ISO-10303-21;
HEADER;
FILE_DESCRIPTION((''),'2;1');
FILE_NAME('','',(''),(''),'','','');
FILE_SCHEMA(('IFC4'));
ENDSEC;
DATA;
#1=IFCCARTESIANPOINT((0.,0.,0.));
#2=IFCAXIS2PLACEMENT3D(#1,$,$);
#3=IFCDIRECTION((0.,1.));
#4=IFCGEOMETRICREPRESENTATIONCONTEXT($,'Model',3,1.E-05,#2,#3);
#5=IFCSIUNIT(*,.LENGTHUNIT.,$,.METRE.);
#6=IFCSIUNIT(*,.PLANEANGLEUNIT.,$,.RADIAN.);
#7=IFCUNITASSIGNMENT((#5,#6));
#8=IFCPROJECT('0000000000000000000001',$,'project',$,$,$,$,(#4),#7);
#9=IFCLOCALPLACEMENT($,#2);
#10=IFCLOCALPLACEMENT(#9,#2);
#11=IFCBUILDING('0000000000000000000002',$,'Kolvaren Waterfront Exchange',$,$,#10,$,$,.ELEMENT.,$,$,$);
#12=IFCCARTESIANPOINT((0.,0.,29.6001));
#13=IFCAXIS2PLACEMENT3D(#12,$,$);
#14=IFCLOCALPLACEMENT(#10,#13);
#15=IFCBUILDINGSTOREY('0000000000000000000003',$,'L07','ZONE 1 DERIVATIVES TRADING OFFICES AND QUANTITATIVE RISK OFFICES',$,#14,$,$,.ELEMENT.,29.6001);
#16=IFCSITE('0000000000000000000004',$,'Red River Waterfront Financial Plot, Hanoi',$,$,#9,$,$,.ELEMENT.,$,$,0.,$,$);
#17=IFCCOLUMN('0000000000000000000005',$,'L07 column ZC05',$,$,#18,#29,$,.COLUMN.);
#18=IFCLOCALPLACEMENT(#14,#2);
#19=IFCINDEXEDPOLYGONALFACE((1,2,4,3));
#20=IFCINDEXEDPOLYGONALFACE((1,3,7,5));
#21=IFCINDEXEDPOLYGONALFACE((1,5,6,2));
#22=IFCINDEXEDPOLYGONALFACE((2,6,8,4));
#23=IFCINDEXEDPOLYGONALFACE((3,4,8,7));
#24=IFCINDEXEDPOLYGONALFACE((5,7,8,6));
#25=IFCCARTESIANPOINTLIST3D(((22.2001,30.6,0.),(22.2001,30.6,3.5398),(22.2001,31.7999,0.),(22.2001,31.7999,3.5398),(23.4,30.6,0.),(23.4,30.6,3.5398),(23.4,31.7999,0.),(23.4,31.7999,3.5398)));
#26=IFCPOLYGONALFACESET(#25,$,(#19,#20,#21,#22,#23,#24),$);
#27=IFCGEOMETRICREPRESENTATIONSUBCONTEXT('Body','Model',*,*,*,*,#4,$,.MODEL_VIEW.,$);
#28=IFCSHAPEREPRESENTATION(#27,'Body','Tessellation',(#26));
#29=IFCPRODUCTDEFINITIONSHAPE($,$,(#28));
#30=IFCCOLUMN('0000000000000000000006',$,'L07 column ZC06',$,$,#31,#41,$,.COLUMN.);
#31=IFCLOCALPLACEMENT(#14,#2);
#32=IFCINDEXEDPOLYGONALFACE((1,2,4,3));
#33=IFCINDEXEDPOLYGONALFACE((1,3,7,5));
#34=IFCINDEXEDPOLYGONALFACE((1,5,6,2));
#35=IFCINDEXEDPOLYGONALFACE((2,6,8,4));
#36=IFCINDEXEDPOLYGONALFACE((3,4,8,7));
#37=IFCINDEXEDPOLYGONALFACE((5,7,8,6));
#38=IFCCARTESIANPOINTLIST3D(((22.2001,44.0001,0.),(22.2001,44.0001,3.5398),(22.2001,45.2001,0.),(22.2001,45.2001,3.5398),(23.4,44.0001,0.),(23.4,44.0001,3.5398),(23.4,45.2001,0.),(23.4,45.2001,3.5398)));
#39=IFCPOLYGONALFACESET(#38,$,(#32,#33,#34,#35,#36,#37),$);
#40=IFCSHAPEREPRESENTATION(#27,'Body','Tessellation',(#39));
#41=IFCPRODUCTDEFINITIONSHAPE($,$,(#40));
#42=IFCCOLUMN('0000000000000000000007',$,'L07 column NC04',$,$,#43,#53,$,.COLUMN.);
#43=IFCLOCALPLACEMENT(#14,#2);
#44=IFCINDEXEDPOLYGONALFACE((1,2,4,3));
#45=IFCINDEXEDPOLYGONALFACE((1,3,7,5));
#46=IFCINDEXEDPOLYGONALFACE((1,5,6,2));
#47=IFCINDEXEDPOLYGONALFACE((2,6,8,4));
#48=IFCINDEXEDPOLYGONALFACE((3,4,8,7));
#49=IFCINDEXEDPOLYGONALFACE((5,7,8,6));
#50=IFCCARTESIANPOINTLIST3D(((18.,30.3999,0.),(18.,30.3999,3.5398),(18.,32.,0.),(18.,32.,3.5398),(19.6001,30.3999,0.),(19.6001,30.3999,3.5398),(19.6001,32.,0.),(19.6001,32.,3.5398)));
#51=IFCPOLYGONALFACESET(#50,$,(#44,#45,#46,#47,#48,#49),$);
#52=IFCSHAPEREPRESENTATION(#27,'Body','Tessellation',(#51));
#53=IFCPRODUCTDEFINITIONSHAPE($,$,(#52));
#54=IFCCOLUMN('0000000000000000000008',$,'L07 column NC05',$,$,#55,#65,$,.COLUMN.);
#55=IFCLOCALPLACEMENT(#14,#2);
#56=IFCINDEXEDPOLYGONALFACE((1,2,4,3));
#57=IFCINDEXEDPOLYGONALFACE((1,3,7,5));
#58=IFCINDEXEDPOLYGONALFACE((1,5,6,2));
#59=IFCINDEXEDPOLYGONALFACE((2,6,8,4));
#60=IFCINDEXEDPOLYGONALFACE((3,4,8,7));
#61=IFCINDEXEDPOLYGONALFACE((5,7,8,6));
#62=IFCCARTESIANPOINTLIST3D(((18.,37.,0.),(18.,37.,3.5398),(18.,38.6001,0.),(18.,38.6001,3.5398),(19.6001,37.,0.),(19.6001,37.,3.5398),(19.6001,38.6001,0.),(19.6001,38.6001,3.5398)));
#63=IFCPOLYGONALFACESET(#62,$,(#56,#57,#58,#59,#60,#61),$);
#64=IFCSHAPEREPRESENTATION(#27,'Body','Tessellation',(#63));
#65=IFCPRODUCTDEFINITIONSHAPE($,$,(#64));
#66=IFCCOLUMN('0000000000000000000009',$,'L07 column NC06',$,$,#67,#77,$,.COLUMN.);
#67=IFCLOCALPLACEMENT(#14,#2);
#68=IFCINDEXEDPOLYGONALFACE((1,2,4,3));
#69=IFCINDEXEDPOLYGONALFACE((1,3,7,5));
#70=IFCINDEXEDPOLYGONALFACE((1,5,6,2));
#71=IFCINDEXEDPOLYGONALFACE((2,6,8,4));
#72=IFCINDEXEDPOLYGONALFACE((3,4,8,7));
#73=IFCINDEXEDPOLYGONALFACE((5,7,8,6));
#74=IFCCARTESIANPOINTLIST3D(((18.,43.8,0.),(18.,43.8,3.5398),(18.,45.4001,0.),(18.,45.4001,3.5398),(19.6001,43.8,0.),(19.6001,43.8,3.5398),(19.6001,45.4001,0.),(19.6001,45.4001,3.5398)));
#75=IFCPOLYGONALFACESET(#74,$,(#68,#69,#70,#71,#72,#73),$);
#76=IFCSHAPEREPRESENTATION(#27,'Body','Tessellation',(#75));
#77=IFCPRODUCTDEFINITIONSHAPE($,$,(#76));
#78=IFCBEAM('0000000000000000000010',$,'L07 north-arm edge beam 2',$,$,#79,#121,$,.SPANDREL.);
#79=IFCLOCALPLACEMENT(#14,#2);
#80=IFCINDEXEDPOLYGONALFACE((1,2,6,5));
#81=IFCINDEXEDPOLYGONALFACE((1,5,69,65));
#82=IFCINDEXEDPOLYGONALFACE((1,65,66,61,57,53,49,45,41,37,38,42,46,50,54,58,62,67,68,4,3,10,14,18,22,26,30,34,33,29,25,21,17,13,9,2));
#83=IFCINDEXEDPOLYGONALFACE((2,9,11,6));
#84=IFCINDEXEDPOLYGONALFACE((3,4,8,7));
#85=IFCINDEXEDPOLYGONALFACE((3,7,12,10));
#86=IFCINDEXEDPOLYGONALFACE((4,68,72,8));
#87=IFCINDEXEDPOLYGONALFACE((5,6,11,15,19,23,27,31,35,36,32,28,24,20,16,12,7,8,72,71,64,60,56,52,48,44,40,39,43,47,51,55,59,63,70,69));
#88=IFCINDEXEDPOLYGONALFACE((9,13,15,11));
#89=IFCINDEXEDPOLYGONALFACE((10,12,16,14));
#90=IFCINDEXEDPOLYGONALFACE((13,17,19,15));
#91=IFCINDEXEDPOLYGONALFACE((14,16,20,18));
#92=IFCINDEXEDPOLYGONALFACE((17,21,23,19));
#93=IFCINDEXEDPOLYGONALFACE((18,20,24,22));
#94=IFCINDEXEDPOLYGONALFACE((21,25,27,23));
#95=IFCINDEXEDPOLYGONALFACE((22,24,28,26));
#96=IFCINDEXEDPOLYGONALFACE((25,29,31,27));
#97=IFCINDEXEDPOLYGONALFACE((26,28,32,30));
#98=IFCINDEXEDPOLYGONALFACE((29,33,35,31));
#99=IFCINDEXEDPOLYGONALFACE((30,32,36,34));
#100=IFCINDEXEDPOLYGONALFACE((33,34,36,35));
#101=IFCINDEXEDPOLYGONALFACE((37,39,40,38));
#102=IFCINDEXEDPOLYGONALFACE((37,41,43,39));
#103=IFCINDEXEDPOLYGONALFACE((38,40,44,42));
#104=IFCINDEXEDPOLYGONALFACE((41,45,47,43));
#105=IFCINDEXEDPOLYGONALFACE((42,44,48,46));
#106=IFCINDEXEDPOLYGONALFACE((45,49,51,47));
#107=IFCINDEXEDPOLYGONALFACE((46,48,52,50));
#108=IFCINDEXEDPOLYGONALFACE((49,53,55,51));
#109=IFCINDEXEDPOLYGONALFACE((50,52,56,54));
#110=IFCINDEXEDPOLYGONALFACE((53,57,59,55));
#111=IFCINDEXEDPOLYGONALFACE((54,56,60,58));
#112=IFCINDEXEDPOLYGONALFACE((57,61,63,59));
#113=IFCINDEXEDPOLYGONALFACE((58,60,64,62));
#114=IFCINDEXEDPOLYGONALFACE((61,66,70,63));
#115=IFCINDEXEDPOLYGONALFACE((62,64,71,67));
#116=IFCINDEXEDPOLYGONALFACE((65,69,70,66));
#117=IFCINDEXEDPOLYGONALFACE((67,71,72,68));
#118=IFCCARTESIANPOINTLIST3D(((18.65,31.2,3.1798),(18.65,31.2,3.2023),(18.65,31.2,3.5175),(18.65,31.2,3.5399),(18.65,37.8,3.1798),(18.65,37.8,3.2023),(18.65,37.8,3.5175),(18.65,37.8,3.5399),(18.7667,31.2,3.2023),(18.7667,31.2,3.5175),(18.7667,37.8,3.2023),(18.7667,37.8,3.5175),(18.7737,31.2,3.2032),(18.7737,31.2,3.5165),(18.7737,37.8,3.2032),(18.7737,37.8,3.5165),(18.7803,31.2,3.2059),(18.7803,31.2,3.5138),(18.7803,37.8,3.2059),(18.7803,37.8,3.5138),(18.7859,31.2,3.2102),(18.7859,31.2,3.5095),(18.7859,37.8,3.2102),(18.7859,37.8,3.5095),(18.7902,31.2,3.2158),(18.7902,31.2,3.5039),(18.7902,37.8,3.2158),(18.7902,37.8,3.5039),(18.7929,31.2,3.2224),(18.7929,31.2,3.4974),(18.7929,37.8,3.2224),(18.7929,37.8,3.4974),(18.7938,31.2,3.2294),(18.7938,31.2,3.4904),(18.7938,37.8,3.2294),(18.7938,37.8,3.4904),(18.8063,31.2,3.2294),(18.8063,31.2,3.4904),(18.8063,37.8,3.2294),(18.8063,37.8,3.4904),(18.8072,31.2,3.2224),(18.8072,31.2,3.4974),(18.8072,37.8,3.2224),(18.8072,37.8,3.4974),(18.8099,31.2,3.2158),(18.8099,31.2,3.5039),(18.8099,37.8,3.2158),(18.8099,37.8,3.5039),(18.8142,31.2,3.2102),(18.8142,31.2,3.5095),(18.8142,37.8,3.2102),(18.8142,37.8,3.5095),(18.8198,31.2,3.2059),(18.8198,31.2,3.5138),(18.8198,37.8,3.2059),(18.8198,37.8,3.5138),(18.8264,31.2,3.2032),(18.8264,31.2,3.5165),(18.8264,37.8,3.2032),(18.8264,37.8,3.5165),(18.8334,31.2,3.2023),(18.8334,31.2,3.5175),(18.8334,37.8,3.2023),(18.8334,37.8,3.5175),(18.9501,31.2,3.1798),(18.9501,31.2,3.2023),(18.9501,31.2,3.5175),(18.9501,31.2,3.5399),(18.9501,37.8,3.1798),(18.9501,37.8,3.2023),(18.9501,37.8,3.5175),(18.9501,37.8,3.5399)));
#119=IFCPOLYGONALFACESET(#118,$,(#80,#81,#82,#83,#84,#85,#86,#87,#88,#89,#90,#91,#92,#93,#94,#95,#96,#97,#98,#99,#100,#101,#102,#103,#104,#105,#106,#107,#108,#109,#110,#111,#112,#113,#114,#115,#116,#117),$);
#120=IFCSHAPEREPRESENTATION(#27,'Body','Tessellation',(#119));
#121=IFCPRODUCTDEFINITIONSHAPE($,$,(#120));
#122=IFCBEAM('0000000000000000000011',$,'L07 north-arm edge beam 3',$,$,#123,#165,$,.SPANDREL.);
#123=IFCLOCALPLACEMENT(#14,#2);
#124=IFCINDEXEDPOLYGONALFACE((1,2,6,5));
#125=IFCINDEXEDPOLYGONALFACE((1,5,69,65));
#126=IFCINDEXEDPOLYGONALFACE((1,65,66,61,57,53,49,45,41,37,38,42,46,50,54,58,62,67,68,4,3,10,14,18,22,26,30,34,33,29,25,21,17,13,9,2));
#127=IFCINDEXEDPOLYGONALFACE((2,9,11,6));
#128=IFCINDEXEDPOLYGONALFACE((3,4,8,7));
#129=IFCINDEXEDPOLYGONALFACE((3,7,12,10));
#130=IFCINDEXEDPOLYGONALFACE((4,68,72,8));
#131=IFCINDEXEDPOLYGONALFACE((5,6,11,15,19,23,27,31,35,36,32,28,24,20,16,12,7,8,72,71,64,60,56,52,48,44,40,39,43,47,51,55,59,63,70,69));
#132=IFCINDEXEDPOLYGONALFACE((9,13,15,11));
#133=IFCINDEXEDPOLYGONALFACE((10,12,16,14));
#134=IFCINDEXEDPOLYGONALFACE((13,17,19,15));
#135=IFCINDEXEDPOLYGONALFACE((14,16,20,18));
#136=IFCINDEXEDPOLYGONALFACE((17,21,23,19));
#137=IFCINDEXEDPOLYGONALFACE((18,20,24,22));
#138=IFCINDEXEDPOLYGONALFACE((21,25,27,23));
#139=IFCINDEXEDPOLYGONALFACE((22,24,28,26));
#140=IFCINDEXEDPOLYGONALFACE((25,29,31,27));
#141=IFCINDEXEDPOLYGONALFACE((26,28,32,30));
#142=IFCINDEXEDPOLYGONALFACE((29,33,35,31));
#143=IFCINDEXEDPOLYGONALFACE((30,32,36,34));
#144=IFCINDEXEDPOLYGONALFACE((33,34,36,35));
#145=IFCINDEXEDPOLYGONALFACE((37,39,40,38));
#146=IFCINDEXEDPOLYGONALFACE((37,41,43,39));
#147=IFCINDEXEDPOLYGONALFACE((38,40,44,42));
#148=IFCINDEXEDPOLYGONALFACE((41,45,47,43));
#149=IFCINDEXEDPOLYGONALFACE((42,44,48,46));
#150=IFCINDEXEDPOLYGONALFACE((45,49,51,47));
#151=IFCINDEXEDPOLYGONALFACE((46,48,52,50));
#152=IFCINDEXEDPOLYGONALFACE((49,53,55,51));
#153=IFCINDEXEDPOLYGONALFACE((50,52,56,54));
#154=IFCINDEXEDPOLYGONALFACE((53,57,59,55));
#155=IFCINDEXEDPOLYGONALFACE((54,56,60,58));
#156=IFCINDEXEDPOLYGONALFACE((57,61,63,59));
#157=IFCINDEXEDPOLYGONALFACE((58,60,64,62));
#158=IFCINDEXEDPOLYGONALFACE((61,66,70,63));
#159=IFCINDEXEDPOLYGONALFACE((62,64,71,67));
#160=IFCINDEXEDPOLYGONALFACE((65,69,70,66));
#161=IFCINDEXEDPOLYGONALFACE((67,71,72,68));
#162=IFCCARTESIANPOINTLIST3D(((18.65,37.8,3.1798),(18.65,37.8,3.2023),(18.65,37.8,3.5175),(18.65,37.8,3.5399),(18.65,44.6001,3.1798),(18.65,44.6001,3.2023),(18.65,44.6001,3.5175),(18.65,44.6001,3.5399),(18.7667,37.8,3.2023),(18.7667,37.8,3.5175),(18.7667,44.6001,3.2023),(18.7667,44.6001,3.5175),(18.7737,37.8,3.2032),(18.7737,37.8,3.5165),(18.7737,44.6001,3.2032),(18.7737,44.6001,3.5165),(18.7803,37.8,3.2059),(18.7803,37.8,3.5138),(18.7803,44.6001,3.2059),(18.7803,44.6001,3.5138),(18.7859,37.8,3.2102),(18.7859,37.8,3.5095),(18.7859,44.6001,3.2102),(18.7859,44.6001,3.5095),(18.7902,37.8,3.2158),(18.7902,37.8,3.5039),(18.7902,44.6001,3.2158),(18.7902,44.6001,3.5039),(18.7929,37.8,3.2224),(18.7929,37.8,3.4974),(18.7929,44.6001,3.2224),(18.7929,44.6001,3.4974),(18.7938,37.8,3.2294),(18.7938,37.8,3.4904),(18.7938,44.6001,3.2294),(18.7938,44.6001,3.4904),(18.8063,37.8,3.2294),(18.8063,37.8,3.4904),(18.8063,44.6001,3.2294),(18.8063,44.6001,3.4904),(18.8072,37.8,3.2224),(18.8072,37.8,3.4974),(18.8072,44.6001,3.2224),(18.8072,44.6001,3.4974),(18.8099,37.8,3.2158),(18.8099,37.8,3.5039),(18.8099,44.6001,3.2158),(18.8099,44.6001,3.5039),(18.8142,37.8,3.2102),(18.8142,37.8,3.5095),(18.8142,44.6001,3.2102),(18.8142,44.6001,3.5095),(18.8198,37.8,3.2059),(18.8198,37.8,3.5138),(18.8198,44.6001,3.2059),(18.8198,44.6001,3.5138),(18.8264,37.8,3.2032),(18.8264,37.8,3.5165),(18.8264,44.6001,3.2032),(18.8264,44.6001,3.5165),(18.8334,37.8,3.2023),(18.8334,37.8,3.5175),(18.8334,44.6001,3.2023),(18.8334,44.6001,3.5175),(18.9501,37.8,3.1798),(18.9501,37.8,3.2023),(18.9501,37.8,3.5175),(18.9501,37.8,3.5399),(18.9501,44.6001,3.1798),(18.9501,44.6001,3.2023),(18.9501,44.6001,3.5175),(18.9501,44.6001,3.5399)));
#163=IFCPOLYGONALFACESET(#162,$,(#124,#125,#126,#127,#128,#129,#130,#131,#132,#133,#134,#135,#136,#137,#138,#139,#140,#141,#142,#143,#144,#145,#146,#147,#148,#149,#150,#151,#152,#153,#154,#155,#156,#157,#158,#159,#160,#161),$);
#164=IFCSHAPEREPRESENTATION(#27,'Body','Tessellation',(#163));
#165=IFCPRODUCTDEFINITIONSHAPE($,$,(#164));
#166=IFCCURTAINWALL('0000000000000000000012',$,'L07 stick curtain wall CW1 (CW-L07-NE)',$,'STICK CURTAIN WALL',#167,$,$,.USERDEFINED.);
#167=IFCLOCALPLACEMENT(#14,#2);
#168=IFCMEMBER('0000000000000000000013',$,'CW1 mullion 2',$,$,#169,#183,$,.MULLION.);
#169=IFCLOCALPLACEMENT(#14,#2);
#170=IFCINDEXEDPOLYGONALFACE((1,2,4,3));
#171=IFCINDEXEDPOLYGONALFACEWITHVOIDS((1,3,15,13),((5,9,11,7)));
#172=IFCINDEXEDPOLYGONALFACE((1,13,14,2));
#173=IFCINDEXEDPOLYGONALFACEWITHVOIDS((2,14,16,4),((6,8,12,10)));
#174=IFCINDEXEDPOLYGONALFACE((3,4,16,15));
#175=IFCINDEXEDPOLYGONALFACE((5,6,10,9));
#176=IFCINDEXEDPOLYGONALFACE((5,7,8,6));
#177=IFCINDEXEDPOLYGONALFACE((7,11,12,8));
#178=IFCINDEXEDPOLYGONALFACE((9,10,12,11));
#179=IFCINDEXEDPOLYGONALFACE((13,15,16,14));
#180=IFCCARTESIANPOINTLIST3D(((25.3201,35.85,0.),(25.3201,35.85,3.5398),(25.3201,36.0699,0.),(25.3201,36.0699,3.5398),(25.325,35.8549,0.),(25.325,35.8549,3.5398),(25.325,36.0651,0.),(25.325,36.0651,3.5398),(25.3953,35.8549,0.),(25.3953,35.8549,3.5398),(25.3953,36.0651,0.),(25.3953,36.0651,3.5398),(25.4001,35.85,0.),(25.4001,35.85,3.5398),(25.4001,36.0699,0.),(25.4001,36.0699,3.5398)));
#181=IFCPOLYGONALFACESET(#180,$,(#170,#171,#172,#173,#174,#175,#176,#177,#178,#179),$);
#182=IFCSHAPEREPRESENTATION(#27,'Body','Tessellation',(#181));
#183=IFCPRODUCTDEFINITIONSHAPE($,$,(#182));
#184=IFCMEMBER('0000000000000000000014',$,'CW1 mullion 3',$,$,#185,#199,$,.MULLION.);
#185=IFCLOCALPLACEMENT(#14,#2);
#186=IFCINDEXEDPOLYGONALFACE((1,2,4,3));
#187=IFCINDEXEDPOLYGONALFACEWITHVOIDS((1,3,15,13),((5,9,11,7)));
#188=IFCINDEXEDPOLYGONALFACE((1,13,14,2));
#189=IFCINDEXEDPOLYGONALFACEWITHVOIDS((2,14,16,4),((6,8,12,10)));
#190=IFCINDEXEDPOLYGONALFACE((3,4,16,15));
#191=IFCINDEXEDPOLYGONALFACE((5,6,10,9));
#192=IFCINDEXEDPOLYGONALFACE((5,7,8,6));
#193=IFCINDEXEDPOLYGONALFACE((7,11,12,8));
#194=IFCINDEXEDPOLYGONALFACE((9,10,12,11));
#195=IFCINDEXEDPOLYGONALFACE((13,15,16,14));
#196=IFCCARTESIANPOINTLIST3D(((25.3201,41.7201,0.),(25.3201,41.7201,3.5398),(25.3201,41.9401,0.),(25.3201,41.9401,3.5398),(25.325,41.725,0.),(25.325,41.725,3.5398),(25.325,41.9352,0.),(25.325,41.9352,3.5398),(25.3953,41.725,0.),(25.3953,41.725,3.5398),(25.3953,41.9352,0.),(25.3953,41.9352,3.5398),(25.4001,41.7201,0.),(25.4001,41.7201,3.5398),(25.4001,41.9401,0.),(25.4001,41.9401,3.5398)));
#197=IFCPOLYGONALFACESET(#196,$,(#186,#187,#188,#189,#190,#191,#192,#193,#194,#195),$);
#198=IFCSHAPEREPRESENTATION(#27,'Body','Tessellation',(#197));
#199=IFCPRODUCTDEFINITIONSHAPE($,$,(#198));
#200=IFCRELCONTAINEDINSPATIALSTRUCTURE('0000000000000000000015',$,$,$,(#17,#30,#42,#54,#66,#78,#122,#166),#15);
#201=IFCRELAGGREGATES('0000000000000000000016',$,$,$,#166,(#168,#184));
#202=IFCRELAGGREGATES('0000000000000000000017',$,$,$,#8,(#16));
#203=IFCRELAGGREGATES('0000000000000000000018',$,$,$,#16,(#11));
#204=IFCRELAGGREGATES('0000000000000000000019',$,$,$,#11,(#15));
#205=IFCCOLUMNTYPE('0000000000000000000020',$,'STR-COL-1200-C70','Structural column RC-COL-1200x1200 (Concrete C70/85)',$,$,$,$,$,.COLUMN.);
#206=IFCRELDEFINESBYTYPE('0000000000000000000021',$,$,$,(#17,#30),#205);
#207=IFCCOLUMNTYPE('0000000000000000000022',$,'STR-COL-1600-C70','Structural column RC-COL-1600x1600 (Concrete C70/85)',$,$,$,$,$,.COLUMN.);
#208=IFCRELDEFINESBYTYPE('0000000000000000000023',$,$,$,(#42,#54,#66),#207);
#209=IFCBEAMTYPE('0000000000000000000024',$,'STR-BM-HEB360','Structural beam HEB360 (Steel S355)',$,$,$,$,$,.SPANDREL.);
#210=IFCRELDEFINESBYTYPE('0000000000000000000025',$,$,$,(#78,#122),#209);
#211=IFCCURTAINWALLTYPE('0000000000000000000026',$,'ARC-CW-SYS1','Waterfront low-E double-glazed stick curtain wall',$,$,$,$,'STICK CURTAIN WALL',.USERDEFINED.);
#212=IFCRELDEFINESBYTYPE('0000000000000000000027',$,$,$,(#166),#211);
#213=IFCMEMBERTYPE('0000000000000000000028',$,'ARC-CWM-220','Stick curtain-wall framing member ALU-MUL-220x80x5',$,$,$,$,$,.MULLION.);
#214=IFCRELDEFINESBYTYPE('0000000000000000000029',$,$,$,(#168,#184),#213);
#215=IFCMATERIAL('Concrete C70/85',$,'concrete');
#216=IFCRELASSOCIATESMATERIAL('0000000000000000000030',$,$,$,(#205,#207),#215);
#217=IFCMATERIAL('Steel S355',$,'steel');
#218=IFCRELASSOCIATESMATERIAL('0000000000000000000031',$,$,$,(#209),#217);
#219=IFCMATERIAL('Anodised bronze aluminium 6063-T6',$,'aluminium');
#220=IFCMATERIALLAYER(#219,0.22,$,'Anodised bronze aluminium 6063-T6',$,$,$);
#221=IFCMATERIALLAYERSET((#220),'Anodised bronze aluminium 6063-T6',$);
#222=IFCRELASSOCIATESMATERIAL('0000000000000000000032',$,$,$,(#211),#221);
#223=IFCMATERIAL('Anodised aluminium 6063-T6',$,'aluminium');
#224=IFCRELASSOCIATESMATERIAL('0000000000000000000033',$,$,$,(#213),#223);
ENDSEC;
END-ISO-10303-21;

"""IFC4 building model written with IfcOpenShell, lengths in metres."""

from ifc_helpers import new_model, si_unit, direction, frame, origin, origin_with_axes, origin_2d, place, context, subcontext, project, spatial, rectangle, hollow_rectangle, i_section, extrude, source, transform, mapped, material, layer, layer_set, material_profile, profile_set, type_object, element, aggregate, save


model = new_model("IFC4")

# Units and contexts
model_context = context("Model", 3, precision=1e-05, world=origin(), true_north=direction((0.0, 1.0)))
body_context = subcontext(model_context, "Body", "Model", "MODEL_VIEW")
ifc_project = project(units=[si_unit("LENGTHUNIT", "METRE"), si_unit("PLANEANGLEUNIT", "RADIAN")], contexts=[model_context])

# Site, building, storey
site_placement = place(None, origin())
site = spatial("IfcSite", under=ifc_project, at=site_placement, Name="Red River Waterfront Financial Plot, Hanoi", CompositionType="ELEMENT", RefElevation=0.0)
building_placement = place(site_placement, origin())
building = spatial("IfcBuilding", under=site, at=building_placement, Name="Kolvaren Waterfront Exchange", CompositionType="ELEMENT")
storey_placement = place(building_placement, frame((0.0, 0.0, 29.6001)))
storey = spatial("IfcBuildingStorey", under=building, at=storey_placement, Name="L07", Description="ZONE 1 DERIVATIVES TRADING OFFICES AND QUANTITATIVE RISK OFFICES", CompositionType="ELEMENT", Elevation=29.6001)

# Columns
ifc_material_1 = material(Name="Concrete C70/85", Category="concrete")
ifc_material_profile_1 = material_profile(ifc_material_1, rectangle(XDim=1.2, YDim=1.2, at=origin_2d()), Name="RC-COL-1200x1200")
ifc_profile_set_1 = profile_set([ifc_material_profile_1], Name="Concrete C70/85")
column_type_1 = type_object("IfcColumnType", Name="STR-COL-1200-C70", Description="Structural column RC-COL-1200x1200 (Concrete C70/85)", PredefinedType="COLUMN", material=ifc_profile_set_1)
for number, where, z_axis, x_axis, name in (
    (1, (22.8, 31.2, 0.0), (0.0, 0.0, 1.0), (1.0, 0.0, 0.0), "L07 column ZC05"),
    (2, (22.8, 44.6001, 0.0), (0.0, 0.0, 1.0), (1.0, 0.0, 0.0), "L07 column ZC06"),
):
    element("IfcColumn", number, at=place(storey_placement, frame(where, z_axis=z_axis, x_axis=x_axis)), inside=storey, type_object=column_type_1, Name=name, PredefinedType="COLUMN", context=body_context, shape_type="SweptSolid", body=[
        extrude(rectangle(XDim=1.2, YDim=1.2, at=origin_2d()), origin(), (0.0, 0.0, 1.0), 3.5398),
    ])
ifc_material_profile_2 = material_profile(ifc_material_1, rectangle(XDim=1.6001, YDim=1.6001, at=origin_2d()), Name="RC-COL-1600x1600")
ifc_profile_set_2 = profile_set([ifc_material_profile_2], Name="Concrete C70/85")
column_type_2 = type_object("IfcColumnType", Name="STR-COL-1600-C70", Description="Structural column RC-COL-1600x1600 (Concrete C70/85)", PredefinedType="COLUMN", material=ifc_profile_set_2)
for number, where, z_axis, x_axis, name in (
    (3, (18.8, 31.2, 0.0), (0.0, 0.0, 1.0), (1.0, 0.0, 0.0), "L07 column NC04"),
    (4, (18.8, 37.8, 0.0), (0.0, 0.0, 1.0), (1.0, 0.0, 0.0), "L07 column NC05"),
    (5, (18.8, 44.6001, 0.0), (0.0, 0.0, 1.0), (1.0, 0.0, 0.0), "L07 column NC06"),
):
    element("IfcColumn", number, at=place(storey_placement, frame(where, z_axis=z_axis, x_axis=x_axis)), inside=storey, type_object=column_type_2, Name=name, PredefinedType="COLUMN", context=body_context, shape_type="SweptSolid", body=[
        extrude(rectangle(XDim=1.6001, YDim=1.6001, at=origin_2d()), origin(), (0.0, 0.0, 1.0), 3.5398),
    ])

# Beams
ifc_material_2 = material(Name="Steel S355", Category="steel")
ifc_material_profile_3 = material_profile(ifc_material_2, i_section(OverallWidth=0.3, OverallDepth=0.3601, WebThickness=0.0125, FlangeThickness=0.0225, FilletRadius=0.0271, at=origin_2d()), Name="HEB360")
ifc_profile_set_3 = profile_set([ifc_material_profile_3], Name="Steel S355")
beam_type = type_object("IfcBeamType", Name="STR-BM-HEB360", Description="Structural beam HEB360 (Steel S355)", PredefinedType="SPANDREL", material=ifc_profile_set_3)
beam_1_placement = place(storey_placement, frame((18.8, 31.2, 3.3599), z_axis=(0.0, 1.0, 0.0), x_axis=(-1.0, 0.0, 0.0)))
element("IfcBeam", 6, at=beam_1_placement, inside=storey, type_object=beam_type, Name="L07 north-arm edge beam 2", PredefinedType="SPANDREL", context=body_context, shape_type="SweptSolid", body=[
    extrude(i_section(OverallWidth=0.3, OverallDepth=0.3601, WebThickness=0.0125, FlangeThickness=0.0225, FilletRadius=0.0271, at=origin_2d()), origin(), (0.0, 0.0, 1.0), 6.6001),
])
beam_2_placement = place(storey_placement, frame((18.8, 37.8, 3.3599), z_axis=(0.0, 1.0, 0.0), x_axis=(-1.0, 0.0, 0.0)))
element("IfcBeam", 7, at=beam_2_placement, inside=storey, type_object=beam_type, Name="L07 north-arm edge beam 3", PredefinedType="SPANDREL", context=body_context, shape_type="SweptSolid", body=[
    extrude(i_section(OverallWidth=0.3, OverallDepth=0.3601, WebThickness=0.0125, FlangeThickness=0.0225, FilletRadius=0.0271, at=origin_2d()), origin(), (0.0, 0.0, 1.0), 6.8),
])

# Curtain wall, members
ifc_material_3 = material(Name="Anodised bronze aluminium 6063-T6", Category="aluminium")
ifc_layer_1 = layer(ifc_material_3, 0.22, Name="Anodised bronze aluminium 6063-T6")
ifc_layer_set_1 = layer_set([ifc_layer_1], Name="Anodised bronze aluminium 6063-T6")
curtain_wall_type = type_object("IfcCurtainWallType", Name="ARC-CW-SYS1", Description="Waterfront low-E double-glazed stick curtain wall", ElementType="STICK CURTAIN WALL", PredefinedType="USERDEFINED", material=ifc_layer_set_1)
curtain_wall_placement = place(storey_placement, origin())
curtain_wall = element("IfcCurtainWall", 8, at=curtain_wall_placement, inside=storey, type_object=curtain_wall_type, Name="L07 stick curtain wall CW1 (CW-L07-NE)", ObjectType="STICK CURTAIN WALL", PredefinedType="USERDEFINED")
ifc_material_4 = material(Name="Anodised aluminium 6063-T6", Category="aluminium")
ifc_material_profile_4 = material_profile(ifc_material_4, hollow_rectangle(XDim=0.0801, YDim=0.22, WallThickness=0.0049, at=origin_2d()), Name="ALU-MUL-220x80x5")
ifc_profile_set_4 = profile_set([ifc_material_profile_4], Name="Anodised aluminium 6063-T6")
member_type_1 = type_object("IfcMemberType", Name="ARC-CWM-220", Description="Stick curtain-wall framing member ALU-MUL-220x80x5", PredefinedType="MULLION", material=ifc_profile_set_4)
shared_shape_1 = source(origin_with_axes(), body_context, "Body", "SweptSolid", [
    extrude(hollow_rectangle(XDim=0.0801, YDim=0.22, WallThickness=0.0049, at=origin_2d()), origin(), (0.0, 0.0, 1.0), 3.5398),
])
member_1_placement = place(storey_placement, frame((25.3601, 35.96, 0.0), z_axis=(0.0, 0.0, 1.0), x_axis=(-1.0, 0.0, 0.0)))
member_1 = element("IfcMember", 9, at=member_1_placement, type_object=member_type_1, Name="CW1 mullion 2", PredefinedType="MULLION", context=body_context, shape_type="MappedRepresentation", body=[
    mapped(shared_shape_1, transform((0.0, 0.0, 0.0), x_axis=(1.0, 0.0, 0.0), y_axis=(0.0, 1.0, 0.0), z_axis=(0.0, 0.0, 1.0), scale=1.0)),
])
member_2_placement = place(storey_placement, frame((25.3601, 41.8301, 0.0), z_axis=(0.0, 0.0, 1.0), x_axis=(-1.0, 0.0, 0.0)))
member_2 = element("IfcMember", 10, at=member_2_placement, type_object=member_type_1, Name="CW1 mullion 3", PredefinedType="MULLION", context=body_context, shape_type="MappedRepresentation", body=[
    mapped(shared_shape_1, transform((0.0, 0.0, 0.0), x_axis=(1.0, 0.0, 0.0), y_axis=(0.0, 1.0, 0.0), z_axis=(0.0, 0.0, 1.0), scale=1.0)),
])
aggregate(curtain_wall, [member_1, member_2])

save(model, "model.ifc")
